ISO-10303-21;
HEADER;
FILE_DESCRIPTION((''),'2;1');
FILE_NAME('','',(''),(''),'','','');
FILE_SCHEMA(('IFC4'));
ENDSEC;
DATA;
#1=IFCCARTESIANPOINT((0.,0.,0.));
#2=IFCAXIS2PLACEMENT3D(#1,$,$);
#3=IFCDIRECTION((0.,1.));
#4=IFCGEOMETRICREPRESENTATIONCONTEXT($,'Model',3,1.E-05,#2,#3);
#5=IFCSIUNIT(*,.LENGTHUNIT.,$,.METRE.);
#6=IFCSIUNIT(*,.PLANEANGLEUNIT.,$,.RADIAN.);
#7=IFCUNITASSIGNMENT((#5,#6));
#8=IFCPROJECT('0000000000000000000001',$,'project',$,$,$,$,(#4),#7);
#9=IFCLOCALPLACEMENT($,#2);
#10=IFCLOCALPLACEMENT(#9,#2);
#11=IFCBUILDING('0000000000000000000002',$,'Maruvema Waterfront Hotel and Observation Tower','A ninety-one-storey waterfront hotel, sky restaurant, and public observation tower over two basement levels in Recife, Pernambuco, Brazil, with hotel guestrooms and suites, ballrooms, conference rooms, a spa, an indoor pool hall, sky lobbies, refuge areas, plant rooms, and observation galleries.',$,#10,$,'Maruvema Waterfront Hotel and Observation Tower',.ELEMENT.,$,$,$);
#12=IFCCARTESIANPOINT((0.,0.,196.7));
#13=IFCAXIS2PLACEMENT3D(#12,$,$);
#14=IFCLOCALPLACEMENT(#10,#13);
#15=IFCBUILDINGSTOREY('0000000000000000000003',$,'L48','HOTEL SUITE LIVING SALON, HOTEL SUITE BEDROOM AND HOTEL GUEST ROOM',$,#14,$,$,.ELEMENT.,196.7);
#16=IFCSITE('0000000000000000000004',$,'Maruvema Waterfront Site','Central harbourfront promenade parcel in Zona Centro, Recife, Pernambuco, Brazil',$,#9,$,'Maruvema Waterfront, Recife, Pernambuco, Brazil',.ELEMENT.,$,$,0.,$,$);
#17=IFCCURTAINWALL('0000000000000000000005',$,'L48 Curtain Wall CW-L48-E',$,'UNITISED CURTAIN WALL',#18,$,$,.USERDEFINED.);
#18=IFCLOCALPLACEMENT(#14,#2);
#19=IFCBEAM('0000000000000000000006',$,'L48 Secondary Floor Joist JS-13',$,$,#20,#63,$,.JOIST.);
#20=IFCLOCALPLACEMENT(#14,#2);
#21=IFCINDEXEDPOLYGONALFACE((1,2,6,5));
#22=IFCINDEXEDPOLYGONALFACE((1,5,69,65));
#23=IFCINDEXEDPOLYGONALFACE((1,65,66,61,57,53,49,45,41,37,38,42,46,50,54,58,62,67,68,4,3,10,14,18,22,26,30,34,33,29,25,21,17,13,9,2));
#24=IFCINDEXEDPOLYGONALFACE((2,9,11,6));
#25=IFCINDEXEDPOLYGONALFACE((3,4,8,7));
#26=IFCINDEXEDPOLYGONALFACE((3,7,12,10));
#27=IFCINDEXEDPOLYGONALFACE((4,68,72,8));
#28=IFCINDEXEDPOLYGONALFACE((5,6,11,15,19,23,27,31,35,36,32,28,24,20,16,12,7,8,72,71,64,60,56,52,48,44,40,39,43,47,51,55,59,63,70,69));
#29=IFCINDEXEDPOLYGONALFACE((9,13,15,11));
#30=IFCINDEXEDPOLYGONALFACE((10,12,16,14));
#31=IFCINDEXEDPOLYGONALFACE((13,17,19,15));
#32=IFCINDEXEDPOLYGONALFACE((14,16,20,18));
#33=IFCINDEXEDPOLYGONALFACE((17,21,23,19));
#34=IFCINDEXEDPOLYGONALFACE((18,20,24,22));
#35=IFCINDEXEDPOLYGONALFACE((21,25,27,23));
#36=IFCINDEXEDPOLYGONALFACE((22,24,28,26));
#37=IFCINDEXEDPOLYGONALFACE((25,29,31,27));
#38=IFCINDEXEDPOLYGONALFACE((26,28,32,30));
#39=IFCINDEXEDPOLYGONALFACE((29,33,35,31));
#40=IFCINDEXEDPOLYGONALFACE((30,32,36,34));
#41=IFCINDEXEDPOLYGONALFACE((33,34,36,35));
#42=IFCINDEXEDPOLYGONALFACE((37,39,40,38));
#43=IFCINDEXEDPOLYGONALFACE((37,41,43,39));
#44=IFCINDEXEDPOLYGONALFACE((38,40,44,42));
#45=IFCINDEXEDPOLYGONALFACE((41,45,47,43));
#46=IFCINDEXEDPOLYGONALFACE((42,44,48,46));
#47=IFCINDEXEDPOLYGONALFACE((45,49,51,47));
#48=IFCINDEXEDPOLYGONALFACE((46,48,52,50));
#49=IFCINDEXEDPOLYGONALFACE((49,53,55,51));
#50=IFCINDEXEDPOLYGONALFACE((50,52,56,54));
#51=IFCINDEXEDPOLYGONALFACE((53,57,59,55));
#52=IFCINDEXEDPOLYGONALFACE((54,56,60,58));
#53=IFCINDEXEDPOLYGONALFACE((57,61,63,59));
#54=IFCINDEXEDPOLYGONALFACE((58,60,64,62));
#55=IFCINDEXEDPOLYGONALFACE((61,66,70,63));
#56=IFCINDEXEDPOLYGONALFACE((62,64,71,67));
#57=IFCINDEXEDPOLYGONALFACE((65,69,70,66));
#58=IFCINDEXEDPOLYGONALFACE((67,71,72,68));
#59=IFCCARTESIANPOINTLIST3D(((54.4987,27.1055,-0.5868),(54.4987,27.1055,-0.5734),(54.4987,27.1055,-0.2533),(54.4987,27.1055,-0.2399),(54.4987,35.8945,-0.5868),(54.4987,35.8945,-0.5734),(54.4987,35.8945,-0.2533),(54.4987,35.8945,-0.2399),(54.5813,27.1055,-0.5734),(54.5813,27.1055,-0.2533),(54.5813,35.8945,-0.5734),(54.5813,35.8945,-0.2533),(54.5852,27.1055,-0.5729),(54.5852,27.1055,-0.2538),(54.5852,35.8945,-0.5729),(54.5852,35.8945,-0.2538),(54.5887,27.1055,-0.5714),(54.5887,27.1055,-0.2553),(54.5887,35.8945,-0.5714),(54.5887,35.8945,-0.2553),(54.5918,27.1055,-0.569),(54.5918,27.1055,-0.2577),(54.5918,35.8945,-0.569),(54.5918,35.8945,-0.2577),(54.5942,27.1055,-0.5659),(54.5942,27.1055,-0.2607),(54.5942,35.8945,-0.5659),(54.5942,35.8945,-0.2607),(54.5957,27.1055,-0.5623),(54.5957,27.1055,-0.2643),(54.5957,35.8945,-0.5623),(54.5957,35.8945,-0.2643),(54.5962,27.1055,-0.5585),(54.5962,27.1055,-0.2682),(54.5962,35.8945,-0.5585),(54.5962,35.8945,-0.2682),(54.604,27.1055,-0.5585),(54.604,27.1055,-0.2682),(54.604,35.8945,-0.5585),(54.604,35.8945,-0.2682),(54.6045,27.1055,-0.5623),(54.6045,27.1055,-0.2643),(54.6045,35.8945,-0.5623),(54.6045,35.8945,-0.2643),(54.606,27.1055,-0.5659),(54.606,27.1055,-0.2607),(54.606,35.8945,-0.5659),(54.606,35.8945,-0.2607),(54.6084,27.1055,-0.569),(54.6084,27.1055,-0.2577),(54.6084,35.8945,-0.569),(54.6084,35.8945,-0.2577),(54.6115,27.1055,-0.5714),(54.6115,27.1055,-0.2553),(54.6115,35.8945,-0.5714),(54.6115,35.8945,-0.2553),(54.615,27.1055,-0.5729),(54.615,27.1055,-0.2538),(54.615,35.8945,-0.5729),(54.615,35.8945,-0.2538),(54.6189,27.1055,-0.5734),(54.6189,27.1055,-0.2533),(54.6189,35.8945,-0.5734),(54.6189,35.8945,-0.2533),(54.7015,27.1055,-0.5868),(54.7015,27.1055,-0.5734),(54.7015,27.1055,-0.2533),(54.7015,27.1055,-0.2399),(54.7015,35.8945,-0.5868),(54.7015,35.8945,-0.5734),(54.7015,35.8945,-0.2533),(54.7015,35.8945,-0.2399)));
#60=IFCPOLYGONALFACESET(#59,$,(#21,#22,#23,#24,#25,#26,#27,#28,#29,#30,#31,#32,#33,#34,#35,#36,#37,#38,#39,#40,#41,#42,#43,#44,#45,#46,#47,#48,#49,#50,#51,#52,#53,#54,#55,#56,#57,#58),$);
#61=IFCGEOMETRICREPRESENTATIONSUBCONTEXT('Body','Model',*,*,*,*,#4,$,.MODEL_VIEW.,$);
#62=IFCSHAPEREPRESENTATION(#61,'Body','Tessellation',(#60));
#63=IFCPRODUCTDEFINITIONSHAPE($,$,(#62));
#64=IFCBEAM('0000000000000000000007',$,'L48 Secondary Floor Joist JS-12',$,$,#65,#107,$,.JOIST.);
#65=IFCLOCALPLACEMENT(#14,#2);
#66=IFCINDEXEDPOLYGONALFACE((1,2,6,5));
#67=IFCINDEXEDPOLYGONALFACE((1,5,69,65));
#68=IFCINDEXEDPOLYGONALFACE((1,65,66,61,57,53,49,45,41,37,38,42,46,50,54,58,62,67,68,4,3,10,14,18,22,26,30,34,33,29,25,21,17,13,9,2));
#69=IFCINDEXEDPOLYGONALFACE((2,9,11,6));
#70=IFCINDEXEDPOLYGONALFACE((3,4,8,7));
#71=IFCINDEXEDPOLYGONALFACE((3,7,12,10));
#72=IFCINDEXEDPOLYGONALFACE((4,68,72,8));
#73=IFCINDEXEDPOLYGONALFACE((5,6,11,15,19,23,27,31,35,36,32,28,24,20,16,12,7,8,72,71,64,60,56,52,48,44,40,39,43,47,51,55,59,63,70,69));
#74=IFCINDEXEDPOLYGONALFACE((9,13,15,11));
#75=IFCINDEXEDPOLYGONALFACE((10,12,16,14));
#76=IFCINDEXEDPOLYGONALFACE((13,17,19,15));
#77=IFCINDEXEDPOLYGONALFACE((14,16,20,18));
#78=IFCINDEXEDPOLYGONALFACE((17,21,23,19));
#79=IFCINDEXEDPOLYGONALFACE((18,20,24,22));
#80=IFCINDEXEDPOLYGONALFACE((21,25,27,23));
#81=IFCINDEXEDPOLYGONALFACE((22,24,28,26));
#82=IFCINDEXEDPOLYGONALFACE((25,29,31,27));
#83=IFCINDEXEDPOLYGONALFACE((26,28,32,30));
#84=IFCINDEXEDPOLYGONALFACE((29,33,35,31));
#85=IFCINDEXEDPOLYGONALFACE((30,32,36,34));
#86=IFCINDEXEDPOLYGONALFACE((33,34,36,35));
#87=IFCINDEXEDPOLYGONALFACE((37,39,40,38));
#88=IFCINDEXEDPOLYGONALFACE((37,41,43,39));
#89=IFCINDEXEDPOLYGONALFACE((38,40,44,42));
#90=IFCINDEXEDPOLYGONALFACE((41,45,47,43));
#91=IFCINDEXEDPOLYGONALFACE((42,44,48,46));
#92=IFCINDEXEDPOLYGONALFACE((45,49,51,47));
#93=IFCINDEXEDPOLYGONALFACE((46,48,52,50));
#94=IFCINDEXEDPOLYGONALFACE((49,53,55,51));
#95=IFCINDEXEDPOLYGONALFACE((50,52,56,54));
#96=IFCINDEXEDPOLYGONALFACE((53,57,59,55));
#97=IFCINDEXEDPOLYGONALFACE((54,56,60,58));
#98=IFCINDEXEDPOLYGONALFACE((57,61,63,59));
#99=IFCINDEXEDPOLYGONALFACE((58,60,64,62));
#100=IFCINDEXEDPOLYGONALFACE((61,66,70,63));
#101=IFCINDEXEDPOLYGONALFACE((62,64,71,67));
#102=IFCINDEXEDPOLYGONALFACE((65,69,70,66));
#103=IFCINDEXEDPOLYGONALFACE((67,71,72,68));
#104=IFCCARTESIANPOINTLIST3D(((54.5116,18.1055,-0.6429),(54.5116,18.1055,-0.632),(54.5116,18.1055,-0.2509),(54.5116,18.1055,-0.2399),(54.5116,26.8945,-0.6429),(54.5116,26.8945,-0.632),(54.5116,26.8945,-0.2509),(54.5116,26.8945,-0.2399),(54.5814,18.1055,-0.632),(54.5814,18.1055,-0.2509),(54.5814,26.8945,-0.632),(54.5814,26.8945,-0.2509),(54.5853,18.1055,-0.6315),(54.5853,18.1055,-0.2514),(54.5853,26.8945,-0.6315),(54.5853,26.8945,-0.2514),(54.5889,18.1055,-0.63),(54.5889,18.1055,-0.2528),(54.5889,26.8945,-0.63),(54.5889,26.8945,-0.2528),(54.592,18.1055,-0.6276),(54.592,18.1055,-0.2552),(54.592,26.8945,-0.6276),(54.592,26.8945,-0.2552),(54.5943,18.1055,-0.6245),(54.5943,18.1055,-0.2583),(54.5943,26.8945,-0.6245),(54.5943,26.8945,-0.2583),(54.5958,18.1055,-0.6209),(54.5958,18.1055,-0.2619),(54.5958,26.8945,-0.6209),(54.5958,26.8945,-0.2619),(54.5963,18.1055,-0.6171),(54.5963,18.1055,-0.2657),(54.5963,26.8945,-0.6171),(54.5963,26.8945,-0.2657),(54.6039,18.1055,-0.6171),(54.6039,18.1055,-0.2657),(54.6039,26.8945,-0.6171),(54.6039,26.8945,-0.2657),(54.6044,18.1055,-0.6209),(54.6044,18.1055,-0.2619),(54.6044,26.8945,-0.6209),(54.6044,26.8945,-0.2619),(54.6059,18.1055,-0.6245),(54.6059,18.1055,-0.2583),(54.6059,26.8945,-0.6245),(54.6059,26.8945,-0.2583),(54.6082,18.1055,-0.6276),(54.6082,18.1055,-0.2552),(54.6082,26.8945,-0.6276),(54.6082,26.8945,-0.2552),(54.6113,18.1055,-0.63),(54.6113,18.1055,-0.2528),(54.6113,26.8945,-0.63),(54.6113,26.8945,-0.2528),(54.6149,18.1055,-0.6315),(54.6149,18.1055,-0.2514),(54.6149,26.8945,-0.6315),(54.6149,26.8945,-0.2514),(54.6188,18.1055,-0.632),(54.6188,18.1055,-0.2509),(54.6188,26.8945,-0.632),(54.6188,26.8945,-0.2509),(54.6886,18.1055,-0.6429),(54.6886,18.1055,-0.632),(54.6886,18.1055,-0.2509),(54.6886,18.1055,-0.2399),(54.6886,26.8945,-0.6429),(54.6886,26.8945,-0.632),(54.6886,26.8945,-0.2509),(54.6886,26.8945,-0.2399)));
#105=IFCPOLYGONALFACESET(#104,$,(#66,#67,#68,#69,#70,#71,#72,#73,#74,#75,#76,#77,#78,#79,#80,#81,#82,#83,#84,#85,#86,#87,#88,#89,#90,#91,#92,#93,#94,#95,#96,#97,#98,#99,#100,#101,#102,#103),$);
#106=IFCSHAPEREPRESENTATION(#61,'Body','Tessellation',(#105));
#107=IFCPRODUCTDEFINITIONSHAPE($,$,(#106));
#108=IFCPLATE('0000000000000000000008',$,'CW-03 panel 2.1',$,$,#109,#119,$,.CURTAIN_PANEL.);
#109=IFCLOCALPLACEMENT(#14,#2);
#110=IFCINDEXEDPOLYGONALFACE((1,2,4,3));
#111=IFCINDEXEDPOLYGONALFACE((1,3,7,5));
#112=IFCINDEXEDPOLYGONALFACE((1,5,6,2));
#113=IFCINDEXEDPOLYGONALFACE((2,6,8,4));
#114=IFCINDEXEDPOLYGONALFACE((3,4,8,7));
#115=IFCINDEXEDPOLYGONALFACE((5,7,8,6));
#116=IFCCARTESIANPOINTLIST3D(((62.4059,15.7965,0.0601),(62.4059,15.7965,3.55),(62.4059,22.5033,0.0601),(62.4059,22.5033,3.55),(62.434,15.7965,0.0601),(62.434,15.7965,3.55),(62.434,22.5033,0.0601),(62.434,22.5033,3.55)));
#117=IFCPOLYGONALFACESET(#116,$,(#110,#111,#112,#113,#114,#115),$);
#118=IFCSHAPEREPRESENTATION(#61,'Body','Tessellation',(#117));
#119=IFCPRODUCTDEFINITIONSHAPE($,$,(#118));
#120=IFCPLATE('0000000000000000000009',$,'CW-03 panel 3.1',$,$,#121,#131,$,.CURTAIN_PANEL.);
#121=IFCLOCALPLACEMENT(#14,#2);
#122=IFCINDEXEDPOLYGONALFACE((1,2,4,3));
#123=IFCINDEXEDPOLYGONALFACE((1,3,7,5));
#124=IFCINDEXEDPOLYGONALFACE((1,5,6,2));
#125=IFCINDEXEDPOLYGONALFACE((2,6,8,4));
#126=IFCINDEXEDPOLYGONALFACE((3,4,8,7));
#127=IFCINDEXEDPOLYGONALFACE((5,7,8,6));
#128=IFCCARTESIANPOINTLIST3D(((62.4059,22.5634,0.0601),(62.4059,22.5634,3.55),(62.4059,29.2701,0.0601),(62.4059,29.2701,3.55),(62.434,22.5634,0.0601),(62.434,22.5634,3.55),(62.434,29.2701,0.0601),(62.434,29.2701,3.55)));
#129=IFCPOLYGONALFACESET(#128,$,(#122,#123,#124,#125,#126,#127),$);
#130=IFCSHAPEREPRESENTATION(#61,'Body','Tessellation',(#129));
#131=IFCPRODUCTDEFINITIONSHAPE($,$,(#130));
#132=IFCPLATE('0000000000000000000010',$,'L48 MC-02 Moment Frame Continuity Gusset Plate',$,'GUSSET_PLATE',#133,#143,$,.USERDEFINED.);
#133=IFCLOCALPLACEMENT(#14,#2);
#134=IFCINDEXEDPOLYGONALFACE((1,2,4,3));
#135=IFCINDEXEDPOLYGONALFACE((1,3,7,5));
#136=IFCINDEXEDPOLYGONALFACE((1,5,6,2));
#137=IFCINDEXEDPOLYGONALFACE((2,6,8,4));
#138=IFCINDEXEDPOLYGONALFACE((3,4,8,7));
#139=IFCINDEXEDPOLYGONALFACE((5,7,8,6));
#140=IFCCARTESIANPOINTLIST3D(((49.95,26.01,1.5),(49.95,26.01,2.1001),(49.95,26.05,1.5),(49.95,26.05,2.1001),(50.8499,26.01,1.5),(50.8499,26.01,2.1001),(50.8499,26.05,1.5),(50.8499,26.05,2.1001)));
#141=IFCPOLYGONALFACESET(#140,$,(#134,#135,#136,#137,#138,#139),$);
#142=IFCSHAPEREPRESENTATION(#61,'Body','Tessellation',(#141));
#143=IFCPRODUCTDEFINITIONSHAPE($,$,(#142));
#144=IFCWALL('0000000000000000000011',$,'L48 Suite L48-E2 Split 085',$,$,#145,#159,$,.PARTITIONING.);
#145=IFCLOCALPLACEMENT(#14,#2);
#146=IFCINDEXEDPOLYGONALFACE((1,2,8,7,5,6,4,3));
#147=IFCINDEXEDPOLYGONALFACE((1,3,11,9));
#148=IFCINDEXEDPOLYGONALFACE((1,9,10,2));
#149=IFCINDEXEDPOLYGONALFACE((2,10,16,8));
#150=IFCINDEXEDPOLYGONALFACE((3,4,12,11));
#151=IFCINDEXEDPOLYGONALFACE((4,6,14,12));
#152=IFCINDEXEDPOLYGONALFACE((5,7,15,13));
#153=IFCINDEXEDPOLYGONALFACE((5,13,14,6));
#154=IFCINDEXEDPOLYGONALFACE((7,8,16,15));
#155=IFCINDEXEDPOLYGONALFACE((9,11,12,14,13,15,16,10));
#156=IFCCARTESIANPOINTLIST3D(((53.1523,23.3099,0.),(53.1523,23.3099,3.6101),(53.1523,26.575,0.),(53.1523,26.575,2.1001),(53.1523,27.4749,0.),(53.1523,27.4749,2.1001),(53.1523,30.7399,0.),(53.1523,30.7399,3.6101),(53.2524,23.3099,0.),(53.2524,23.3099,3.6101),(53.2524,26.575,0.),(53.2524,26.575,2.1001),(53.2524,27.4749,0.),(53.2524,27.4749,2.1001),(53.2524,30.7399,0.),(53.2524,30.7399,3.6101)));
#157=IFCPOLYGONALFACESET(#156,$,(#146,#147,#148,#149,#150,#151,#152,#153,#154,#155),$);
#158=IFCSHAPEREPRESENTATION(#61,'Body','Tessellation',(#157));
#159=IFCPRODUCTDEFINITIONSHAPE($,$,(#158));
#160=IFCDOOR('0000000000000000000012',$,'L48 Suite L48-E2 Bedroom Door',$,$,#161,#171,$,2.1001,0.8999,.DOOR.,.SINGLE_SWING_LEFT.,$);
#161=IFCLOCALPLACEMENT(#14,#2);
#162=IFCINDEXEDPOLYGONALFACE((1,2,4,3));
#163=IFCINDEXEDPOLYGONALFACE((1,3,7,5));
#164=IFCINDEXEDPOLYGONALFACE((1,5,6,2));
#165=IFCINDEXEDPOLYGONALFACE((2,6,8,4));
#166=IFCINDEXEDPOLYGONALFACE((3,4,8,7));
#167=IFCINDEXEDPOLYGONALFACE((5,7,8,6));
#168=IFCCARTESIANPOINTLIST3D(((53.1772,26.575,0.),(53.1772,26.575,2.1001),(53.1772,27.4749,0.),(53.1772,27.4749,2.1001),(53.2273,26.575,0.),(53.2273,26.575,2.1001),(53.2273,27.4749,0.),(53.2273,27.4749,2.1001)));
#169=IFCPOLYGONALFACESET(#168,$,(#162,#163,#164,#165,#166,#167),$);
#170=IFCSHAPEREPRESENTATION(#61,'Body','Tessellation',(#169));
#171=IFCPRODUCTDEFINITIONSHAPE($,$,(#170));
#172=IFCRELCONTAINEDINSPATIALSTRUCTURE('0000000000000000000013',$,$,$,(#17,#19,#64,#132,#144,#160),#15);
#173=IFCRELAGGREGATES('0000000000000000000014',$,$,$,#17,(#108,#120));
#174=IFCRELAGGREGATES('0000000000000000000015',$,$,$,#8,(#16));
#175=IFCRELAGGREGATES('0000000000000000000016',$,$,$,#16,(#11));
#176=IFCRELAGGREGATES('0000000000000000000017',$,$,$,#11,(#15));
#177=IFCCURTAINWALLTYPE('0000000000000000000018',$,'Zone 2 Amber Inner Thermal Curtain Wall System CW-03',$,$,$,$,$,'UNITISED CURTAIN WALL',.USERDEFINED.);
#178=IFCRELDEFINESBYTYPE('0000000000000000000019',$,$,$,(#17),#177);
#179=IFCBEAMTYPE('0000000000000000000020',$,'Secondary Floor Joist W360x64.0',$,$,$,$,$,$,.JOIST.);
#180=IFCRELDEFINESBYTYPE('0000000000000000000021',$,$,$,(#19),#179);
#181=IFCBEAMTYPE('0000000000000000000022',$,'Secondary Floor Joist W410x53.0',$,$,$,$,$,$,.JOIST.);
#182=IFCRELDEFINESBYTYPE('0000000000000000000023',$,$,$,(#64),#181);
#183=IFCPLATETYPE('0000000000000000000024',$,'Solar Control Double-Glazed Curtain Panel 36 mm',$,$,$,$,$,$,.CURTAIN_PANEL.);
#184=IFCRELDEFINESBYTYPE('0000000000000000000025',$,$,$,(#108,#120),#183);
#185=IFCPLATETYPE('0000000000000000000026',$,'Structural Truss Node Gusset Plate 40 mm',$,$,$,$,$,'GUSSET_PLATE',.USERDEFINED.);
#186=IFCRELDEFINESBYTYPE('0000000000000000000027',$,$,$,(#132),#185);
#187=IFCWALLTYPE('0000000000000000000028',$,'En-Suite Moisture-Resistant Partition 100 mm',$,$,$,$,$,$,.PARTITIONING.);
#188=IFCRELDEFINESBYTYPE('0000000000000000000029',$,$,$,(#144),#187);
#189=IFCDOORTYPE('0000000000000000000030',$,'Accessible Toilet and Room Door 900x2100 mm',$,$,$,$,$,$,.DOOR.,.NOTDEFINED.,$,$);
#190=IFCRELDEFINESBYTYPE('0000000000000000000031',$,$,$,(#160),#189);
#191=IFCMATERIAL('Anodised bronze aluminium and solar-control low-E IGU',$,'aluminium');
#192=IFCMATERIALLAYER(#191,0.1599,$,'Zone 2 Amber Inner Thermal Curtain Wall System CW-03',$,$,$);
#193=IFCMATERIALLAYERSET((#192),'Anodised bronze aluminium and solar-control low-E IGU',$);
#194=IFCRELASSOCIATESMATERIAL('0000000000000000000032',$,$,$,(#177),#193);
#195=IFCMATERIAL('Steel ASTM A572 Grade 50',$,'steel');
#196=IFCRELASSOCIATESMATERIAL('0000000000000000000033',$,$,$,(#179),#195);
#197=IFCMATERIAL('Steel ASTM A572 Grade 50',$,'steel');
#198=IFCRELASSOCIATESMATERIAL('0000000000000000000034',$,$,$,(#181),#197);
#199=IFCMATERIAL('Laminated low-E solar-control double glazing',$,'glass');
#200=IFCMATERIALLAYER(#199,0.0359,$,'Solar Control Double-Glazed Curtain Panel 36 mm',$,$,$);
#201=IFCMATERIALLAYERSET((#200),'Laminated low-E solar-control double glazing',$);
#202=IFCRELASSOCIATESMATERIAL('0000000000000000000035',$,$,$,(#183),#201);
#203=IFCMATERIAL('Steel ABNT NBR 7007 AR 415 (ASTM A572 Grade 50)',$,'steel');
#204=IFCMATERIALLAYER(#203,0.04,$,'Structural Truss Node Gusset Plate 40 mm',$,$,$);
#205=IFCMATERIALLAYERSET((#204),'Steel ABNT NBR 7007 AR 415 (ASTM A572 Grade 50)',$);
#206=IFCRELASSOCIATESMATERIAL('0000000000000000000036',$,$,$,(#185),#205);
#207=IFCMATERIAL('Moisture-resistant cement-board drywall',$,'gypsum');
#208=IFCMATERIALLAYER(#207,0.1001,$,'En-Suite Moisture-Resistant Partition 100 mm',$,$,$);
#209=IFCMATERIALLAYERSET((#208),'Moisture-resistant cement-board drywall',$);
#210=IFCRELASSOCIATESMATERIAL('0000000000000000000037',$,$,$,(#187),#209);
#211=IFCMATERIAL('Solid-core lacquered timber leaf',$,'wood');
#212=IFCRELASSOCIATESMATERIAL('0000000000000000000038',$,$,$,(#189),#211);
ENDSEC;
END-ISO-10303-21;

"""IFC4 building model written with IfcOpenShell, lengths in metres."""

from ifc_helpers import new_model, si_unit, direction, frame, frame_2d, origin, origin_2d, place, context, subcontext, project, spatial, rectangle, i_section, extrude, material, layer, layer_set, material_profile, profile_set, type_object, element, fill, aggregate, save


model = new_model("IFC4")

# Units and contexts
model_context = context("Model", 3, precision=1e-05, world=origin(), true_north=direction((0.0, 1.0)))
body_context = subcontext(model_context, "Body", "Model", "MODEL_VIEW")
ifc_project = project(units=[si_unit("LENGTHUNIT", "METRE"), si_unit("PLANEANGLEUNIT", "RADIAN")], contexts=[model_context])

# Site, building, storey
site_placement = place(None, origin())
site = spatial("IfcSite", under=ifc_project, at=site_placement, Name="Maruvema Waterfront Site", Description="Central harbourfront promenade parcel in Zona Centro, Recife, Pernambuco, Brazil", LongName="Maruvema Waterfront, Recife, Pernambuco, Brazil", CompositionType="ELEMENT", RefElevation=0.0)
building_placement = place(site_placement, origin())
building = spatial("IfcBuilding", under=site, at=building_placement, Name="Maruvema Waterfront Hotel and Observation Tower", Description="A ninety-one-storey waterfront hotel, sky restaurant, and public observation tower over two basement levels in Recife, Pernambuco, Brazil, with hotel guestrooms and suites, ballrooms, conference rooms, a spa, an indoor pool hall, sky lobbies, refuge areas, plant rooms, and observation galleries.", LongName="Maruvema Waterfront Hotel and Observation Tower", CompositionType="ELEMENT")
storey_placement = place(building_placement, frame((0.0, 0.0, 196.7)))
storey = spatial("IfcBuildingStorey", under=building, at=storey_placement, Name="L48", Description="HOTEL SUITE LIVING SALON, HOTEL SUITE BEDROOM AND HOTEL GUEST ROOM", CompositionType="ELEMENT", Elevation=196.7)

# Curtain wall
ifc_material_1 = material(Name="Anodised bronze aluminium and solar-control low-E IGU", Category="aluminium")
ifc_layer_1 = layer(ifc_material_1, 0.1599, Name="Zone 2 Amber Inner Thermal Curtain Wall System CW-03")
ifc_layer_set_1 = layer_set([ifc_layer_1], Name="Anodised bronze aluminium and solar-control low-E IGU")
curtain_wall_type = type_object("IfcCurtainWallType", Name="Zone 2 Amber Inner Thermal Curtain Wall System CW-03", ElementType="UNITISED CURTAIN WALL", PredefinedType="USERDEFINED", material=ifc_layer_set_1)
curtain_wall_placement = place(storey_placement, origin())
curtain_wall = element("IfcCurtainWall", 1, at=curtain_wall_placement, inside=storey, type_object=curtain_wall_type, Name="L48 Curtain Wall CW-L48-E", ObjectType="UNITISED CURTAIN WALL", PredefinedType="USERDEFINED")

# Beams
ifc_material_2 = material(Name="Steel ASTM A572 Grade 50", Category="steel")
ifc_material_profile_1 = material_profile(ifc_material_2, i_section(OverallWidth=0.2029, OverallDepth=0.3469, WebThickness=0.0078, FlangeThickness=0.0134, FilletRadius=0.0149, at=origin_2d()), Name="W360x64.0")
ifc_profile_set_1 = profile_set([ifc_material_profile_1], Name="Steel ASTM A572 Grade 50")
beam_type_1 = type_object("IfcBeamType", Name="Secondary Floor Joist W360x64.0", PredefinedType="JOIST", material=ifc_profile_set_1)
beam_1_placement = place(storey_placement, frame((54.6001, 27.1055, -0.4133), z_axis=(0.0, 1.0, 0.0), x_axis=(-1.0, 0.0, 0.0)))
element("IfcBeam", 2, at=beam_1_placement, inside=storey, type_object=beam_type_1, Name="L48 Secondary Floor Joist JS-13", PredefinedType="JOIST", context=body_context, shape_type="SweptSolid", body=[
    extrude(i_section(OverallWidth=0.2029, OverallDepth=0.3469, WebThickness=0.0078, FlangeThickness=0.0134, FilletRadius=0.0149, at=origin_2d()), origin(), (0.0, 0.0, 1.0), 8.7891),
])
ifc_material_3 = material(Name="Steel ASTM A572 Grade 50", Category="steel")
ifc_material_profile_2 = material_profile(ifc_material_3, i_section(OverallWidth=0.177, OverallDepth=0.4031, WebThickness=0.0076, FlangeThickness=0.011, FilletRadius=0.0149, at=origin_2d()), Name="W410x53.0")
ifc_profile_set_2 = profile_set([ifc_material_profile_2], Name="Steel ASTM A572 Grade 50")
beam_type_2 = type_object("IfcBeamType", Name="Secondary Floor Joist W410x53.0", PredefinedType="JOIST", material=ifc_profile_set_2)
beam_2_placement = place(storey_placement, frame((54.6001, 18.1055, -0.4414), z_axis=(0.0, 1.0, 0.0), x_axis=(-1.0, 0.0, 0.0)))
element("IfcBeam", 3, at=beam_2_placement, inside=storey, type_object=beam_type_2, Name="L48 Secondary Floor Joist JS-12", PredefinedType="JOIST", context=body_context, shape_type="SweptSolid", body=[
    extrude(i_section(OverallWidth=0.177, OverallDepth=0.4031, WebThickness=0.0076, FlangeThickness=0.011, FilletRadius=0.0149, at=origin_2d()), origin(), (0.0, 0.0, 1.0), 8.7891),
])

# Plates
ifc_material_4 = material(Name="Laminated low-E solar-control double glazing", Category="glass")
ifc_layer_2 = layer(ifc_material_4, 0.0359, Name="Solar Control Double-Glazed Curtain Panel 36 mm")
ifc_layer_set_2 = layer_set([ifc_layer_2], Name="Laminated low-E solar-control double glazing")
plate_type_1 = type_object("IfcPlateType", Name="Solar Control Double-Glazed Curtain Panel 36 mm", PredefinedType="CURTAIN_PANEL", material=ifc_layer_set_2)
plate_1_placement = place(storey_placement, frame((62.4199, 19.1499, 0.0601), z_axis=(0.0, 0.0, 1.0), x_axis=(0.0, 1.0, 0.0)))
plate_1 = element("IfcPlate", 4, at=plate_1_placement, type_object=plate_type_1, Name="CW-03 panel 2.1", PredefinedType="CURTAIN_PANEL", context=body_context, shape_type="SweptSolid", body=[
    extrude(rectangle(XDim=6.7068, YDim=0.0281, at=origin_2d()), origin(), (0.0, 0.0, 1.0), 3.49),
])
plate_2_placement = place(storey_placement, frame((62.4199, 25.9167, 0.0601), z_axis=(0.0, 0.0, 1.0), x_axis=(0.0, 1.0, 0.0)))
plate_2 = element("IfcPlate", 5, at=plate_2_placement, type_object=plate_type_1, Name="CW-03 panel 3.1", PredefinedType="CURTAIN_PANEL", context=body_context, shape_type="SweptSolid", body=[
    extrude(rectangle(XDim=6.7068, YDim=0.0281, at=origin_2d()), origin(), (0.0, 0.0, 1.0), 3.49),
])
aggregate(curtain_wall, [plate_1, plate_2])
ifc_material_5 = material(Name="Steel ABNT NBR 7007 AR 415 (ASTM A572 Grade 50)", Category="steel")
ifc_layer_3 = layer(ifc_material_5, 0.04, Name="Structural Truss Node Gusset Plate 40 mm")
ifc_layer_set_3 = layer_set([ifc_layer_3], Name="Steel ABNT NBR 7007 AR 415 (ASTM A572 Grade 50)")
plate_type_2 = type_object("IfcPlateType", Name="Structural Truss Node Gusset Plate 40 mm", ElementType="GUSSET_PLATE", PredefinedType="USERDEFINED", material=ifc_layer_set_3)
plate_3_placement = place(storey_placement, frame((50.3999, 26.03, 1.5), z_axis=(0.0, 0.0, 1.0), x_axis=(1.0, 0.0, 0.0)))
element("IfcPlate", 6, at=plate_3_placement, inside=storey, type_object=plate_type_2, Name="L48 MC-02 Moment Frame Continuity Gusset Plate", ObjectType="GUSSET_PLATE", PredefinedType="USERDEFINED", context=body_context, shape_type="SweptSolid", body=[
    extrude(rectangle(XDim=0.8999, YDim=0.04, at=origin_2d()), origin(), (0.0, 0.0, 1.0), 0.6001),
])

# Wall, opening, door
ifc_material_6 = material(Name="Moisture-resistant cement-board drywall", Category="gypsum")
ifc_layer_4 = layer(ifc_material_6, 0.1001, Name="En-Suite Moisture-Resistant Partition 100 mm")
ifc_layer_set_4 = layer_set([ifc_layer_4], Name="Moisture-resistant cement-board drywall")
wall_type = type_object("IfcWallType", Name="En-Suite Moisture-Resistant Partition 100 mm", PredefinedType="PARTITIONING", material=ifc_layer_set_4)
wall_placement = place(storey_placement, frame((53.2024, 23.3101, 0.0), z_axis=(0.0, 0.0, 1.0), x_axis=(0.0, 1.0, 0.0)))
wall = element("IfcWall", 7, at=wall_placement, inside=storey, type_object=wall_type, Name="L48 Suite L48-E2 Split 085", PredefinedType="PARTITIONING", context=body_context, shape_type="SweptSolid", body=[
    extrude(rectangle(XDim=7.4299, YDim=0.1001, at=frame_2d((3.7148, 0.0))), origin(), (0.0, 0.0, 1.0), 3.6101),
])
opening_placement = place(wall_placement, frame((3.2649, 0.0, 0.0)))
opening = element("IfcOpeningElement", 8, at=opening_placement, cuts=wall, PredefinedType="OPENING", context=body_context, shape_type="SweptSolid", body=[
    extrude(rectangle(XDim=0.8999, YDim=2.1001, at=frame_2d((0.45, 1.05))), frame((0.0, 0.0601, 0.0), z_axis=(0.0, -1.0, 0.0), x_axis=(1.0, 0.0, 0.0)), (0.0, 0.0, 1.0), 0.1201),
])
ifc_material_7 = material(Name="Solid-core lacquered timber leaf", Category="wood")
door_type = type_object("IfcDoorType", Name="Accessible Toilet and Room Door 900x2100 mm", OperationType="NOTDEFINED", PredefinedType="DOOR", material=ifc_material_7)
door_placement = place(opening_placement, frame((0.8999, 0.0, 0.0), z_axis=(0.0, 0.0, 1.0), x_axis=(-1.0, 0.0, 0.0)))
door = element("IfcDoor", 9, at=door_placement, inside=storey, type_object=door_type, Name="L48 Suite L48-E2 Bedroom Door", OperationType="SINGLE_SWING_LEFT", OverallHeight=2.1001, OverallWidth=0.8999, PredefinedType="DOOR", context=body_context, shape_type="SweptSolid", body=[
    extrude(rectangle(XDim=0.8999, YDim=2.1001, at=frame_2d((0.45, 1.05))), frame((0.0, 0.0249, 0.0), z_axis=(0.0, -1.0, 0.0), x_axis=(1.0, 0.0, 0.0)), (0.0, 0.0, 1.0), 0.05),
])
fill(opening, door)

save(model, "model.ifc")
